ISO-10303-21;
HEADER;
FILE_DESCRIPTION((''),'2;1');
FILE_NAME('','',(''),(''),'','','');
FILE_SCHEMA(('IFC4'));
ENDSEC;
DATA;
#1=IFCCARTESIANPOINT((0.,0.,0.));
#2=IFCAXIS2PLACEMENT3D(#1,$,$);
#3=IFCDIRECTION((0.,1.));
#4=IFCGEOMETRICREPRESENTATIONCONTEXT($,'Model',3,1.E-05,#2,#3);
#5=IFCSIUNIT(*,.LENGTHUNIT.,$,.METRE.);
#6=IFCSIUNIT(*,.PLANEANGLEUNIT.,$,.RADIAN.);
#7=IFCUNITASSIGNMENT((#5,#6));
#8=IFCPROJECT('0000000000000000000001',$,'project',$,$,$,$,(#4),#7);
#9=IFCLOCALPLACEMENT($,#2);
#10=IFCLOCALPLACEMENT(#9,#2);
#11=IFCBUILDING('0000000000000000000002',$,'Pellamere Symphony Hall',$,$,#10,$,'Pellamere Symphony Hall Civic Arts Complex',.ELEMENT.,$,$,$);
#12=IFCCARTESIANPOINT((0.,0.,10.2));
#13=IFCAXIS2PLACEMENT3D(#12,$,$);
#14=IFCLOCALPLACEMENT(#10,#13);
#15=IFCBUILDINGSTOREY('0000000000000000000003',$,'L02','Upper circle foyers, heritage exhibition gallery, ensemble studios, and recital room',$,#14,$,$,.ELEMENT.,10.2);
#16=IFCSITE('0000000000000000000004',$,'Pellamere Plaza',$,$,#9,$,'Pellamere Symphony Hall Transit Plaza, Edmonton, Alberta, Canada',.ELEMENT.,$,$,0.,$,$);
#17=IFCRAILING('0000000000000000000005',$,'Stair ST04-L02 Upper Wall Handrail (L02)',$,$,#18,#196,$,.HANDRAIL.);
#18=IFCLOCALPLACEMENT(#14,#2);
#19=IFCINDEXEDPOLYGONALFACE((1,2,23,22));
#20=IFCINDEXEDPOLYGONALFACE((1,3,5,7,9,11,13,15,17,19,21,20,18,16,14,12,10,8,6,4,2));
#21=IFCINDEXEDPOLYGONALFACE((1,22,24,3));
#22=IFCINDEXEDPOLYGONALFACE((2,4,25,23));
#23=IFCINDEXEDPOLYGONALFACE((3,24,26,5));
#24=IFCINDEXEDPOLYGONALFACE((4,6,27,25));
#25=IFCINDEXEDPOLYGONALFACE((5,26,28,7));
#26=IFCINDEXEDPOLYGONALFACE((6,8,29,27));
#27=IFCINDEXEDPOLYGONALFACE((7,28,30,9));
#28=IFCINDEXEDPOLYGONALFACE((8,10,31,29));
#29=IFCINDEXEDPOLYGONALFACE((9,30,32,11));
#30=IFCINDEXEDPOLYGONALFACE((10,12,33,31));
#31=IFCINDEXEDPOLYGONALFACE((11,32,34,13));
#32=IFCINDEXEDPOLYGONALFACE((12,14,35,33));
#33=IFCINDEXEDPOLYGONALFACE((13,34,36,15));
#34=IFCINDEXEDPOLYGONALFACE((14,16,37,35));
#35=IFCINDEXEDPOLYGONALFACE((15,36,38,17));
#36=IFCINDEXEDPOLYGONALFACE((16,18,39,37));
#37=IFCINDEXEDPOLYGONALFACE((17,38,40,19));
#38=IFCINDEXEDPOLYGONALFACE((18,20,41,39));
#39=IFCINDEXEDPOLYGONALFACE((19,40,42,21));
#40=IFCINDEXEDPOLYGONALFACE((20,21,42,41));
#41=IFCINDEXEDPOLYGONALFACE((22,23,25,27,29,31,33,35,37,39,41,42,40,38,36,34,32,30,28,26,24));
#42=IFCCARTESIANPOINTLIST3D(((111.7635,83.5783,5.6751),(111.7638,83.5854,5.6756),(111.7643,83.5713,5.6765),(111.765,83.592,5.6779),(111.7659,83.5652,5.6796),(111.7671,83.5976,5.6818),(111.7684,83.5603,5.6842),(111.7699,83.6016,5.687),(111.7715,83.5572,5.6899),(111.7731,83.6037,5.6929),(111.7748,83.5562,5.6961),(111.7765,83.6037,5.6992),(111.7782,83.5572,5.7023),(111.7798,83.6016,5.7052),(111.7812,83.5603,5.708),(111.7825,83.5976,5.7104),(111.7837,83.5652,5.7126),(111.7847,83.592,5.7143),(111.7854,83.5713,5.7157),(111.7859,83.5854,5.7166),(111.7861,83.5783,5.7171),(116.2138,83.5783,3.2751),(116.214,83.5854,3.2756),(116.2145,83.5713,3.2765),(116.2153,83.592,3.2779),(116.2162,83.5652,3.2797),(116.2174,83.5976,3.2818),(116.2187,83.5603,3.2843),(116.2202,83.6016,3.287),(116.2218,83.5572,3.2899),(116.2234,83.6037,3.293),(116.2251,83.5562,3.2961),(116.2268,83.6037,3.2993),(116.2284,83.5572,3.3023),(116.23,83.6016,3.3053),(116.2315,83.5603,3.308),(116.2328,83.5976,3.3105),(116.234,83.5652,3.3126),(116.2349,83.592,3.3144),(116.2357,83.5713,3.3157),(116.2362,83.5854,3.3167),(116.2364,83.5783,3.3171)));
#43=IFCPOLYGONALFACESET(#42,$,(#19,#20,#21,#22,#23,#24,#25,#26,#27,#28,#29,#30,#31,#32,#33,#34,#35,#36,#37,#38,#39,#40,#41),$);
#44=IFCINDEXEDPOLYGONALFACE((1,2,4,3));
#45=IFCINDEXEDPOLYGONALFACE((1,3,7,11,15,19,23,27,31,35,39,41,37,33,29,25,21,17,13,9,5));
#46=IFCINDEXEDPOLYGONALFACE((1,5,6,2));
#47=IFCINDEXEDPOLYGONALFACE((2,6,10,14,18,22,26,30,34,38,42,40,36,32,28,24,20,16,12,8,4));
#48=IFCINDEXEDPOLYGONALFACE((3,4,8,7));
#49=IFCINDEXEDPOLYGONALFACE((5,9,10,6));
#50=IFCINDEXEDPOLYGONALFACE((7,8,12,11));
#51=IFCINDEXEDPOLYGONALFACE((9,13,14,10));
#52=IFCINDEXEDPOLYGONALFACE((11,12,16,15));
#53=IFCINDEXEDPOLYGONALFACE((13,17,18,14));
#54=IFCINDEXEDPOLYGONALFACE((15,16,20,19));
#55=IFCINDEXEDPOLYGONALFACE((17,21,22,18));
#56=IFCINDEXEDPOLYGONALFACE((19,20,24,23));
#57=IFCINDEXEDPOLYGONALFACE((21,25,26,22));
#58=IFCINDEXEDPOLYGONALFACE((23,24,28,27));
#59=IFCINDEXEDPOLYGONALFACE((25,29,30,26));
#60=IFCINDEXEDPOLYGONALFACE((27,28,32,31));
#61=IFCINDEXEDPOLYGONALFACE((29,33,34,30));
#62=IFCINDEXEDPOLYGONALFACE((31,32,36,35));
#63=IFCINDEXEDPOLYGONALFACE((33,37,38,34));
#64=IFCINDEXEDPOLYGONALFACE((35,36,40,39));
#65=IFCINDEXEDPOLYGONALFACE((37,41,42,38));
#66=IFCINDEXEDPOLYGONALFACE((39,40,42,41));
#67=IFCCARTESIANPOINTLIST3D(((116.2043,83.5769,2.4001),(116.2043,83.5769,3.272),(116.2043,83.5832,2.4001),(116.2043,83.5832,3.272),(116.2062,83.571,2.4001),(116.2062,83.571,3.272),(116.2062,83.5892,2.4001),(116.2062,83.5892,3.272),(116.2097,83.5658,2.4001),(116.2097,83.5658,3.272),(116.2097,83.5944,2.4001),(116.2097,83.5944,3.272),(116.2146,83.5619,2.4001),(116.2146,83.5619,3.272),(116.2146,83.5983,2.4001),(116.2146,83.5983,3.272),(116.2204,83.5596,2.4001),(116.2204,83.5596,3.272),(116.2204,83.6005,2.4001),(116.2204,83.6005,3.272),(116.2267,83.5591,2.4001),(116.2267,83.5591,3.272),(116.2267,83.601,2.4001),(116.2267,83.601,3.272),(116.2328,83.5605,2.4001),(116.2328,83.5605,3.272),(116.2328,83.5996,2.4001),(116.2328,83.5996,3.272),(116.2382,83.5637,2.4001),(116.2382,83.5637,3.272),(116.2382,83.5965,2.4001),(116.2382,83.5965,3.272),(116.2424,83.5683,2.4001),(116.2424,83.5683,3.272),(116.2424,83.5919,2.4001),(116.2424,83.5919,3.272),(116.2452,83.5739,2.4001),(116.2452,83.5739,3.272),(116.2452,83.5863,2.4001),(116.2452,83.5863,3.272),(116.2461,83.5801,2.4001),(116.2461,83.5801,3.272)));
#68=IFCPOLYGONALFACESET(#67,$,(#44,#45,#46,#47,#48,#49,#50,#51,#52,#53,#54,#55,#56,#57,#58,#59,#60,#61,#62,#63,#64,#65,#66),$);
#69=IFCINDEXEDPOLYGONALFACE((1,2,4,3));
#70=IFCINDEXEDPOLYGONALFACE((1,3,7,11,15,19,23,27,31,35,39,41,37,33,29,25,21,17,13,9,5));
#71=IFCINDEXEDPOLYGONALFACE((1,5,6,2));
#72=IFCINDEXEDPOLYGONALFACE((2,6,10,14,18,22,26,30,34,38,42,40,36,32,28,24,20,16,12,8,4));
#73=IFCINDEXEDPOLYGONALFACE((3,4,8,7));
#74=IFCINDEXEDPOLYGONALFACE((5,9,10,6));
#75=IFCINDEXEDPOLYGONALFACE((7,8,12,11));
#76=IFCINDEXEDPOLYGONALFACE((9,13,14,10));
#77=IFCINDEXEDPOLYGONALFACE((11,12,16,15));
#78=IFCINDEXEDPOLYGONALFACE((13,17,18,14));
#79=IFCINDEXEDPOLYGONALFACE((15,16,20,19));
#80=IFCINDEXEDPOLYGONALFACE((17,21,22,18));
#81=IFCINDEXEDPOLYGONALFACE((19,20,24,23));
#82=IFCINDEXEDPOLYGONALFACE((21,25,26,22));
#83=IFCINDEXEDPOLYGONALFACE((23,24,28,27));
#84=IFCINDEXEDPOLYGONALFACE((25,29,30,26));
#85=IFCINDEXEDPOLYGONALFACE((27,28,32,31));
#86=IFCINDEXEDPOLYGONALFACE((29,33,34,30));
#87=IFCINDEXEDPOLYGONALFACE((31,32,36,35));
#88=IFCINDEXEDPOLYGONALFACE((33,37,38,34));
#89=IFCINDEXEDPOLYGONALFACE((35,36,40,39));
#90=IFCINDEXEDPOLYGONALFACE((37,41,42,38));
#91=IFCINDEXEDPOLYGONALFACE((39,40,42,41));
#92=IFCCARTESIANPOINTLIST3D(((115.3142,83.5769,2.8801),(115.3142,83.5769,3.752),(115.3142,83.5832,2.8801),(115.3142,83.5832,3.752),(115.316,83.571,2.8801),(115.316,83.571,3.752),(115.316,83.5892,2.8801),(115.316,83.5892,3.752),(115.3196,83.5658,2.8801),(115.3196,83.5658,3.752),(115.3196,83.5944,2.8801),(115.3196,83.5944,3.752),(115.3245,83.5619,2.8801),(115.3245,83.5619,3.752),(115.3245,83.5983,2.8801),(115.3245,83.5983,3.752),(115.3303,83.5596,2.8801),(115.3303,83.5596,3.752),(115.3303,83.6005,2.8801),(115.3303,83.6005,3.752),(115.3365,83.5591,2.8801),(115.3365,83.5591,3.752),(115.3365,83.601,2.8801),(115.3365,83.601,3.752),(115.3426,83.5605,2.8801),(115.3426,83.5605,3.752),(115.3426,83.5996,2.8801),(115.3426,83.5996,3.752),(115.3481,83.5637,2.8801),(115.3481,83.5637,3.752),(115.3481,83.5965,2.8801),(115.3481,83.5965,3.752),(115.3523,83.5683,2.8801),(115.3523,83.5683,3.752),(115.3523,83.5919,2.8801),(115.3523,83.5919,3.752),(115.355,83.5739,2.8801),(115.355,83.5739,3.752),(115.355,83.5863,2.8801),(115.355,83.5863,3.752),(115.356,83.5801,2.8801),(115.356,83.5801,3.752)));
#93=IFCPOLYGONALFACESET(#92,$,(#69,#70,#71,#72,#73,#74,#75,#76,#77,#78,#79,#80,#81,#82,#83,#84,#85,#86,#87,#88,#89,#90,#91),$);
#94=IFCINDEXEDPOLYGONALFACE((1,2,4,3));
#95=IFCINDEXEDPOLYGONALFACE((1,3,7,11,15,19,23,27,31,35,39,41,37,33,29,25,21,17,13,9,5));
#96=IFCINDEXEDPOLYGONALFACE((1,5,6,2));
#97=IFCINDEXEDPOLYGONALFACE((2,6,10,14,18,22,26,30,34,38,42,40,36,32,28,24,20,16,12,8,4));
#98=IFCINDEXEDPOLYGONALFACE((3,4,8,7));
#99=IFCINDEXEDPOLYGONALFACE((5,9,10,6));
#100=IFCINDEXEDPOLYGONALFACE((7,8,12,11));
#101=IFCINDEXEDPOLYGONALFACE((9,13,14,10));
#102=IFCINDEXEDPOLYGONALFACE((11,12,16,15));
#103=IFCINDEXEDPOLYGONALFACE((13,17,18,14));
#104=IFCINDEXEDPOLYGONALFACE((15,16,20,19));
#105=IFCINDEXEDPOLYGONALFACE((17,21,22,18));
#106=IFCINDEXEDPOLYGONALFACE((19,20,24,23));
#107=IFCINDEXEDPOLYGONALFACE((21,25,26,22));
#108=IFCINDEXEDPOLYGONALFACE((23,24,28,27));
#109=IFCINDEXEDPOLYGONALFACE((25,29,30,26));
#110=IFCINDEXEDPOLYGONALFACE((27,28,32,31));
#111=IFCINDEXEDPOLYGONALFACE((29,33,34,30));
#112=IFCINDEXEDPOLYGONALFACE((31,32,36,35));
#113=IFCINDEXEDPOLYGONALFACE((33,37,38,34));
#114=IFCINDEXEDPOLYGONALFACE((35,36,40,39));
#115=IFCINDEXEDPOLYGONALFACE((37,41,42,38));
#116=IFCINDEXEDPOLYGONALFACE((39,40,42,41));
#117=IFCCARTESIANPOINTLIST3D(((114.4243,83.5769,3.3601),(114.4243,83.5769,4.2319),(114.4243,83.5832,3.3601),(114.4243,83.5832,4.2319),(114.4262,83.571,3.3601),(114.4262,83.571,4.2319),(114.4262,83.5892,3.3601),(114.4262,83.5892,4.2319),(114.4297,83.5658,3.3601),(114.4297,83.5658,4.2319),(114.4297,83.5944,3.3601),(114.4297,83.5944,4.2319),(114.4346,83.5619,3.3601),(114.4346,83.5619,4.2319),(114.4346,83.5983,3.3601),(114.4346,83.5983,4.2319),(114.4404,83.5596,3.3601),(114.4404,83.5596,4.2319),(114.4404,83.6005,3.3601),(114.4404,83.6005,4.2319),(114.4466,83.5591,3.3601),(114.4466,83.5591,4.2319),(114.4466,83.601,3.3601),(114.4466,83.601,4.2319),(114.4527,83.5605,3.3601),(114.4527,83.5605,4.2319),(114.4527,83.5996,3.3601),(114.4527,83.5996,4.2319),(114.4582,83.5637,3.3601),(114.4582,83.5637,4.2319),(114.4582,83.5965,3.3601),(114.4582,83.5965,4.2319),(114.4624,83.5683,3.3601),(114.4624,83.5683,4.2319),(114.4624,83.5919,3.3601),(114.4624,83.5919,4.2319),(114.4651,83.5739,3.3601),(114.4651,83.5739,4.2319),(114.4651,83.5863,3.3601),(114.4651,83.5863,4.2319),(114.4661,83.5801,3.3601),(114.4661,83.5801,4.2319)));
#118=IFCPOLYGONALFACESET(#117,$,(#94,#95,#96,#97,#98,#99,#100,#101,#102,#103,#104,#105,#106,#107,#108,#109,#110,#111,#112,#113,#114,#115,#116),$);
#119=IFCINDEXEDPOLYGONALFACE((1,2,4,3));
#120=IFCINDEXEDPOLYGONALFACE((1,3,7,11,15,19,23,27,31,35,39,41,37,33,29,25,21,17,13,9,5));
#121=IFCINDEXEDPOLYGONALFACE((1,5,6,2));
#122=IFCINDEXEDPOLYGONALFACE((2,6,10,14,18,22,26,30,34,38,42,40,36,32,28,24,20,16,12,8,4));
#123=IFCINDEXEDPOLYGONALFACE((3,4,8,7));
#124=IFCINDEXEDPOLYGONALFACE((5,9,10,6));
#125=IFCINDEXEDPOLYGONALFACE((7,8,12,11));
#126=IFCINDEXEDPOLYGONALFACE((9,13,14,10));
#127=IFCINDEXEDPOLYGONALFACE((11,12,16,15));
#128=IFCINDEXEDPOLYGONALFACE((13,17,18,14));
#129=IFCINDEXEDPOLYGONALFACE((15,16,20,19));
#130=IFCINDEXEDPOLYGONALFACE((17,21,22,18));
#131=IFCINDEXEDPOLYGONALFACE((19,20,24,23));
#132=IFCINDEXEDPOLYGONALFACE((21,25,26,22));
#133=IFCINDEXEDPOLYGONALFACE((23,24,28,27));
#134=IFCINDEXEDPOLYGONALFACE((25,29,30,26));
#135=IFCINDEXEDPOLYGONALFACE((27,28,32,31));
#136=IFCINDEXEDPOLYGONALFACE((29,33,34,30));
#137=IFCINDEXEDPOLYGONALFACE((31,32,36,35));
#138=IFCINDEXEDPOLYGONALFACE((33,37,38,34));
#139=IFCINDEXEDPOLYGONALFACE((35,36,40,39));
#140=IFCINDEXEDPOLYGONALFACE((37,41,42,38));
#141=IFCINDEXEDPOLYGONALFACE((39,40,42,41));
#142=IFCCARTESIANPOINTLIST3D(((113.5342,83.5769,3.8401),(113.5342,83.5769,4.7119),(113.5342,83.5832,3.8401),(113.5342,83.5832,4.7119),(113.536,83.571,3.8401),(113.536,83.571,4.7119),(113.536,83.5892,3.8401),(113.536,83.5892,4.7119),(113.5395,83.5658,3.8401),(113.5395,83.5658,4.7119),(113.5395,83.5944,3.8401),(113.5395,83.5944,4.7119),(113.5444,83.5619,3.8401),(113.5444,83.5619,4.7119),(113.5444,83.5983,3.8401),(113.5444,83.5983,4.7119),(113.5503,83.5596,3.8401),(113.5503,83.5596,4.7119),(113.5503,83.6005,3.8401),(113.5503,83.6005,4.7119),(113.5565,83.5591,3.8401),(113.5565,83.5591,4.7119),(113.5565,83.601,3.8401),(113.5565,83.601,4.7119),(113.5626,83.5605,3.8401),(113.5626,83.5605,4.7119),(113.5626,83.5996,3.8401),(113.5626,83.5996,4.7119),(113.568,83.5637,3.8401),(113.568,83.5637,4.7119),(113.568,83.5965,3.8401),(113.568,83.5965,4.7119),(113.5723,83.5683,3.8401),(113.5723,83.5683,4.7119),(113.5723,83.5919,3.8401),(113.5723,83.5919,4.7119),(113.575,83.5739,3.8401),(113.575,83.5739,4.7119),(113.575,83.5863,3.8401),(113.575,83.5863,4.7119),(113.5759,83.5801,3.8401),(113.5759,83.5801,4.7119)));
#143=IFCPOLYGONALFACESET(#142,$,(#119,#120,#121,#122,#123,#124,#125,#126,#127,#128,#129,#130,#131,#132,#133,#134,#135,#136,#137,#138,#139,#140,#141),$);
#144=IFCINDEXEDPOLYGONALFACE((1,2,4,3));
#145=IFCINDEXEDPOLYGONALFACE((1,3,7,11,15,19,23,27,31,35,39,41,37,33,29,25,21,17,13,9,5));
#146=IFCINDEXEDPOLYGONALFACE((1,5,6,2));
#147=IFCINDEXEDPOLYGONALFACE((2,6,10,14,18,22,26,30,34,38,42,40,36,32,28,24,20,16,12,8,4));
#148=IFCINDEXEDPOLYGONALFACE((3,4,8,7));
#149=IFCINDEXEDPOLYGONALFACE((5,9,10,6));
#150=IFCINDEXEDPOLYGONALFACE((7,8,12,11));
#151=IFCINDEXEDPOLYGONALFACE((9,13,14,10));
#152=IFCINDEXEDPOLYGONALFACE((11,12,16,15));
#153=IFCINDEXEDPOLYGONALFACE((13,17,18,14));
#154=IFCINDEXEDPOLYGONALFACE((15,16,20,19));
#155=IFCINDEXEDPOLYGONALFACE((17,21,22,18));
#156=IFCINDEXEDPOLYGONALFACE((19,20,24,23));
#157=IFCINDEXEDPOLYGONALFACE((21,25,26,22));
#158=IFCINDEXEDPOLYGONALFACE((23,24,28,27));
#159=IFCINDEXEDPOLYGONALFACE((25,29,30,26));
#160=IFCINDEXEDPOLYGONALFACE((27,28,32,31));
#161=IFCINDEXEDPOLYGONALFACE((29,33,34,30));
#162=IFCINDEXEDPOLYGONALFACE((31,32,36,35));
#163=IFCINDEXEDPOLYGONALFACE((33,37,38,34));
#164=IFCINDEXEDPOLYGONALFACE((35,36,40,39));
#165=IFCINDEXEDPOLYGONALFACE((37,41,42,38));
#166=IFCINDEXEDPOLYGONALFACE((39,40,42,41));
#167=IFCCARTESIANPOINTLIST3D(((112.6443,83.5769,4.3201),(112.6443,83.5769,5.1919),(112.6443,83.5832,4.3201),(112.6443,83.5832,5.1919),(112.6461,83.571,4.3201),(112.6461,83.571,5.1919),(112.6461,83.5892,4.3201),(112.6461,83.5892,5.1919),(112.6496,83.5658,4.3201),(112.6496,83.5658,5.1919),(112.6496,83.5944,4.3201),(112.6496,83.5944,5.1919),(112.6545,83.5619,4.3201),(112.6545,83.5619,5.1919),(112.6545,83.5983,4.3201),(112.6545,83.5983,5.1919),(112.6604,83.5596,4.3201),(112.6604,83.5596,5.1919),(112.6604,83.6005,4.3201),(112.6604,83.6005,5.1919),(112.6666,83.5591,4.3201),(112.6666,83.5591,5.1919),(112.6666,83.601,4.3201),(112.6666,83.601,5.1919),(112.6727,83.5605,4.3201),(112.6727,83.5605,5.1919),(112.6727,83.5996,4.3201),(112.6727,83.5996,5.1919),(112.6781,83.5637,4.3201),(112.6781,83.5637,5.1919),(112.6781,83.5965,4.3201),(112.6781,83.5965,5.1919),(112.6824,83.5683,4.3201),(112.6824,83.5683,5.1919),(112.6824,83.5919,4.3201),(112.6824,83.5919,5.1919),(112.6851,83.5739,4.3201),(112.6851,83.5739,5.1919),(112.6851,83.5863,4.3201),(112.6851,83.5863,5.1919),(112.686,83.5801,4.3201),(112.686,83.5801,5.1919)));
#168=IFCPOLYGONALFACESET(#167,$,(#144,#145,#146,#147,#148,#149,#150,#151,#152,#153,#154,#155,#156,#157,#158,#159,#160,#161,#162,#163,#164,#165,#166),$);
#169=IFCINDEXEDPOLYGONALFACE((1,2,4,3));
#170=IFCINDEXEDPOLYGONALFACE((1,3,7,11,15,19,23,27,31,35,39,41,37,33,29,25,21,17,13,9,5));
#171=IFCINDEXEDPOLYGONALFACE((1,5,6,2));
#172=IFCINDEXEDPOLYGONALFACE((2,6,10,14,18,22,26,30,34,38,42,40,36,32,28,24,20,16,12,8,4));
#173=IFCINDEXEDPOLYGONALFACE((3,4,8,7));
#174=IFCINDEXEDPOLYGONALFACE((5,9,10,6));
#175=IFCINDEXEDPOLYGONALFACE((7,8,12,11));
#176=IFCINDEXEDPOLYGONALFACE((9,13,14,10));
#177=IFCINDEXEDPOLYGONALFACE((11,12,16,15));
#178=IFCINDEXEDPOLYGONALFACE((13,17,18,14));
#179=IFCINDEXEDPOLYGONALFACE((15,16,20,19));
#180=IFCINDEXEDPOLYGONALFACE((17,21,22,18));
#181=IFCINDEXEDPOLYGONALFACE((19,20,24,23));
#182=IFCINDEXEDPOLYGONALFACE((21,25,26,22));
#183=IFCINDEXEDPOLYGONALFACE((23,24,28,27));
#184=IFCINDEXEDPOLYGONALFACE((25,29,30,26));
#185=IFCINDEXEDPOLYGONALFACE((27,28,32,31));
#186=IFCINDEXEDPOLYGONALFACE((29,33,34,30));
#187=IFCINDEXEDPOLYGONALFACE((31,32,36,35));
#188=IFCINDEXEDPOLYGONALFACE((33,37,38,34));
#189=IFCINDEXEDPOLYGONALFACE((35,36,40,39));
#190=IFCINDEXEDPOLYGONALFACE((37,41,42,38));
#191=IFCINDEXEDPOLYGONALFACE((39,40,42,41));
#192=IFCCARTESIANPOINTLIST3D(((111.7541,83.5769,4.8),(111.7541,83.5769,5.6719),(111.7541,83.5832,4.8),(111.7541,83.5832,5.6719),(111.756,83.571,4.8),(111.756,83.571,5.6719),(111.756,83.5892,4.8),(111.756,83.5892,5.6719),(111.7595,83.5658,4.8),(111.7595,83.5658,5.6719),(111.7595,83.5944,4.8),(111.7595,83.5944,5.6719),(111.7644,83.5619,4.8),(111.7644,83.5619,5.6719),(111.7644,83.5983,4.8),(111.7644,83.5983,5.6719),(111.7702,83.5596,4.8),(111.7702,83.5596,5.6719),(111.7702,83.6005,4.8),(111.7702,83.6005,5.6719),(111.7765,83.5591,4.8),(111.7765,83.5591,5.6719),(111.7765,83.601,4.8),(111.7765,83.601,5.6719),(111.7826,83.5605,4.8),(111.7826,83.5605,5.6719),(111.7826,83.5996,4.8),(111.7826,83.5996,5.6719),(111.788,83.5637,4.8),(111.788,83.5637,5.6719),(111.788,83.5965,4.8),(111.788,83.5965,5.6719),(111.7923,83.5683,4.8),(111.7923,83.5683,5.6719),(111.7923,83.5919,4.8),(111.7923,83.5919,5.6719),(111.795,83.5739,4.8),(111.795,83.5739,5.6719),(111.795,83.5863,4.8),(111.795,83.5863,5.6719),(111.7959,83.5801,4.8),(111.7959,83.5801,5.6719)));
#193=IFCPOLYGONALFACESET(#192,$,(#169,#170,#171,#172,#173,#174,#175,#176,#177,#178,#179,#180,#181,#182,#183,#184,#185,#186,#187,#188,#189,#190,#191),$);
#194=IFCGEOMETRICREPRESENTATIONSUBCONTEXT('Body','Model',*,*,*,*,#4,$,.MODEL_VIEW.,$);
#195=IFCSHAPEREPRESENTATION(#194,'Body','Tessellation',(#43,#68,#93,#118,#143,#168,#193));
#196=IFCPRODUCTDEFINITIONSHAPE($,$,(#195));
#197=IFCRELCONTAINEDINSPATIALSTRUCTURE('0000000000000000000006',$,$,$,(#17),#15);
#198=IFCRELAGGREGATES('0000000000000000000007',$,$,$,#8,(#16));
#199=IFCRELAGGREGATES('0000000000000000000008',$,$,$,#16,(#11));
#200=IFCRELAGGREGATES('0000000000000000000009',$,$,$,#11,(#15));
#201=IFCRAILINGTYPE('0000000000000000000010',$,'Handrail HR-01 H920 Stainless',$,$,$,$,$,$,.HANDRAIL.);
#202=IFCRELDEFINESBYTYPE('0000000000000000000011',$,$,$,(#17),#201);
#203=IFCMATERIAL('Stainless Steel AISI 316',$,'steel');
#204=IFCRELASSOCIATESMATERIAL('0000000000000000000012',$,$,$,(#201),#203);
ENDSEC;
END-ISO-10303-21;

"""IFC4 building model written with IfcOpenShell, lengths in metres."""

from ifc_helpers import new_model, si_unit, direction, frame, origin, origin_2d, place, context, subcontext, project, spatial, circle, extrude, material, type_object, element, save


model = new_model("IFC4")

# Units and contexts
model_context = context("Model", 3, precision=1e-05, world=origin(), true_north=direction((0.0, 1.0)))
body_context = subcontext(model_context, "Body", "Model", "MODEL_VIEW")
ifc_project = project(units=[si_unit("LENGTHUNIT", "METRE"), si_unit("PLANEANGLEUNIT", "RADIAN")], contexts=[model_context])

# Site, building, storey
site_placement = place(None, origin())
site = spatial("IfcSite", under=ifc_project, at=site_placement, Name="Pellamere Plaza", LongName="Pellamere Symphony Hall Transit Plaza, Edmonton, Alberta, Canada", CompositionType="ELEMENT", RefElevation=0.0)
building_placement = place(site_placement, origin())
building = spatial("IfcBuilding", under=site, at=building_placement, Name="Pellamere Symphony Hall", LongName="Pellamere Symphony Hall Civic Arts Complex", CompositionType="ELEMENT")
storey_placement = place(building_placement, frame((0.0, 0.0, 10.2)))
storey = spatial("IfcBuildingStorey", under=building, at=storey_placement, Name="L02", Description="Upper circle foyers, heritage exhibition gallery, ensemble studios, and recital room", CompositionType="ELEMENT", Elevation=10.2)

# Railing
ifc_material_1 = material(Name="Stainless Steel AISI 316", Category="steel")
railing_type = type_object("IfcRailingType", Name="Handrail HR-01 H920 Stainless", PredefinedType="HANDRAIL", material=ifc_material_1)
railing_placement = place(storey_placement, frame((116.2251, 83.5801, 2.4001)))
element("IfcRailing", 1, at=railing_placement, inside=storey, type_object=railing_type, Name="Stair ST04-L02 Upper Wall Handrail (L02)", PredefinedType="HANDRAIL", context=body_context, shape_type="SweptSolid", body=[
    extrude(circle(Radius=0.0239, at=origin_2d()), frame((0.0, 0.0, 0.896), z_axis=(-0.88017, 0.0, 0.474658), x_axis=(0.0, -1.0, 0.0)), (0.0, 0.0, 1.0), 5.0562),
    extrude(circle(Radius=0.021, at=origin_2d()), origin(), (0.0, 0.0, 1.0), 0.8718),
    extrude(circle(Radius=0.021, at=origin_2d()), frame((-0.8901, 0.0, 0.48)), (0.0, 0.0, 1.0), 0.8718),
    extrude(circle(Radius=0.021, at=origin_2d()), frame((-1.78, 0.0, 0.96)), (0.0, 0.0, 1.0), 0.8718),
    extrude(circle(Radius=0.021, at=origin_2d()), frame((-2.6702, 0.0, 1.4399)), (0.0, 0.0, 1.0), 0.8718),
    extrude(circle(Radius=0.021, at=origin_2d()), frame((-3.5601, 0.0, 1.9199)), (0.0, 0.0, 1.0), 0.8718),
    extrude(circle(Radius=0.021, at=origin_2d()), frame((-4.4502, 0.0, 2.3999)), (0.0, 0.0, 1.0), 0.8718),
])

save(model, "model.ifc")
